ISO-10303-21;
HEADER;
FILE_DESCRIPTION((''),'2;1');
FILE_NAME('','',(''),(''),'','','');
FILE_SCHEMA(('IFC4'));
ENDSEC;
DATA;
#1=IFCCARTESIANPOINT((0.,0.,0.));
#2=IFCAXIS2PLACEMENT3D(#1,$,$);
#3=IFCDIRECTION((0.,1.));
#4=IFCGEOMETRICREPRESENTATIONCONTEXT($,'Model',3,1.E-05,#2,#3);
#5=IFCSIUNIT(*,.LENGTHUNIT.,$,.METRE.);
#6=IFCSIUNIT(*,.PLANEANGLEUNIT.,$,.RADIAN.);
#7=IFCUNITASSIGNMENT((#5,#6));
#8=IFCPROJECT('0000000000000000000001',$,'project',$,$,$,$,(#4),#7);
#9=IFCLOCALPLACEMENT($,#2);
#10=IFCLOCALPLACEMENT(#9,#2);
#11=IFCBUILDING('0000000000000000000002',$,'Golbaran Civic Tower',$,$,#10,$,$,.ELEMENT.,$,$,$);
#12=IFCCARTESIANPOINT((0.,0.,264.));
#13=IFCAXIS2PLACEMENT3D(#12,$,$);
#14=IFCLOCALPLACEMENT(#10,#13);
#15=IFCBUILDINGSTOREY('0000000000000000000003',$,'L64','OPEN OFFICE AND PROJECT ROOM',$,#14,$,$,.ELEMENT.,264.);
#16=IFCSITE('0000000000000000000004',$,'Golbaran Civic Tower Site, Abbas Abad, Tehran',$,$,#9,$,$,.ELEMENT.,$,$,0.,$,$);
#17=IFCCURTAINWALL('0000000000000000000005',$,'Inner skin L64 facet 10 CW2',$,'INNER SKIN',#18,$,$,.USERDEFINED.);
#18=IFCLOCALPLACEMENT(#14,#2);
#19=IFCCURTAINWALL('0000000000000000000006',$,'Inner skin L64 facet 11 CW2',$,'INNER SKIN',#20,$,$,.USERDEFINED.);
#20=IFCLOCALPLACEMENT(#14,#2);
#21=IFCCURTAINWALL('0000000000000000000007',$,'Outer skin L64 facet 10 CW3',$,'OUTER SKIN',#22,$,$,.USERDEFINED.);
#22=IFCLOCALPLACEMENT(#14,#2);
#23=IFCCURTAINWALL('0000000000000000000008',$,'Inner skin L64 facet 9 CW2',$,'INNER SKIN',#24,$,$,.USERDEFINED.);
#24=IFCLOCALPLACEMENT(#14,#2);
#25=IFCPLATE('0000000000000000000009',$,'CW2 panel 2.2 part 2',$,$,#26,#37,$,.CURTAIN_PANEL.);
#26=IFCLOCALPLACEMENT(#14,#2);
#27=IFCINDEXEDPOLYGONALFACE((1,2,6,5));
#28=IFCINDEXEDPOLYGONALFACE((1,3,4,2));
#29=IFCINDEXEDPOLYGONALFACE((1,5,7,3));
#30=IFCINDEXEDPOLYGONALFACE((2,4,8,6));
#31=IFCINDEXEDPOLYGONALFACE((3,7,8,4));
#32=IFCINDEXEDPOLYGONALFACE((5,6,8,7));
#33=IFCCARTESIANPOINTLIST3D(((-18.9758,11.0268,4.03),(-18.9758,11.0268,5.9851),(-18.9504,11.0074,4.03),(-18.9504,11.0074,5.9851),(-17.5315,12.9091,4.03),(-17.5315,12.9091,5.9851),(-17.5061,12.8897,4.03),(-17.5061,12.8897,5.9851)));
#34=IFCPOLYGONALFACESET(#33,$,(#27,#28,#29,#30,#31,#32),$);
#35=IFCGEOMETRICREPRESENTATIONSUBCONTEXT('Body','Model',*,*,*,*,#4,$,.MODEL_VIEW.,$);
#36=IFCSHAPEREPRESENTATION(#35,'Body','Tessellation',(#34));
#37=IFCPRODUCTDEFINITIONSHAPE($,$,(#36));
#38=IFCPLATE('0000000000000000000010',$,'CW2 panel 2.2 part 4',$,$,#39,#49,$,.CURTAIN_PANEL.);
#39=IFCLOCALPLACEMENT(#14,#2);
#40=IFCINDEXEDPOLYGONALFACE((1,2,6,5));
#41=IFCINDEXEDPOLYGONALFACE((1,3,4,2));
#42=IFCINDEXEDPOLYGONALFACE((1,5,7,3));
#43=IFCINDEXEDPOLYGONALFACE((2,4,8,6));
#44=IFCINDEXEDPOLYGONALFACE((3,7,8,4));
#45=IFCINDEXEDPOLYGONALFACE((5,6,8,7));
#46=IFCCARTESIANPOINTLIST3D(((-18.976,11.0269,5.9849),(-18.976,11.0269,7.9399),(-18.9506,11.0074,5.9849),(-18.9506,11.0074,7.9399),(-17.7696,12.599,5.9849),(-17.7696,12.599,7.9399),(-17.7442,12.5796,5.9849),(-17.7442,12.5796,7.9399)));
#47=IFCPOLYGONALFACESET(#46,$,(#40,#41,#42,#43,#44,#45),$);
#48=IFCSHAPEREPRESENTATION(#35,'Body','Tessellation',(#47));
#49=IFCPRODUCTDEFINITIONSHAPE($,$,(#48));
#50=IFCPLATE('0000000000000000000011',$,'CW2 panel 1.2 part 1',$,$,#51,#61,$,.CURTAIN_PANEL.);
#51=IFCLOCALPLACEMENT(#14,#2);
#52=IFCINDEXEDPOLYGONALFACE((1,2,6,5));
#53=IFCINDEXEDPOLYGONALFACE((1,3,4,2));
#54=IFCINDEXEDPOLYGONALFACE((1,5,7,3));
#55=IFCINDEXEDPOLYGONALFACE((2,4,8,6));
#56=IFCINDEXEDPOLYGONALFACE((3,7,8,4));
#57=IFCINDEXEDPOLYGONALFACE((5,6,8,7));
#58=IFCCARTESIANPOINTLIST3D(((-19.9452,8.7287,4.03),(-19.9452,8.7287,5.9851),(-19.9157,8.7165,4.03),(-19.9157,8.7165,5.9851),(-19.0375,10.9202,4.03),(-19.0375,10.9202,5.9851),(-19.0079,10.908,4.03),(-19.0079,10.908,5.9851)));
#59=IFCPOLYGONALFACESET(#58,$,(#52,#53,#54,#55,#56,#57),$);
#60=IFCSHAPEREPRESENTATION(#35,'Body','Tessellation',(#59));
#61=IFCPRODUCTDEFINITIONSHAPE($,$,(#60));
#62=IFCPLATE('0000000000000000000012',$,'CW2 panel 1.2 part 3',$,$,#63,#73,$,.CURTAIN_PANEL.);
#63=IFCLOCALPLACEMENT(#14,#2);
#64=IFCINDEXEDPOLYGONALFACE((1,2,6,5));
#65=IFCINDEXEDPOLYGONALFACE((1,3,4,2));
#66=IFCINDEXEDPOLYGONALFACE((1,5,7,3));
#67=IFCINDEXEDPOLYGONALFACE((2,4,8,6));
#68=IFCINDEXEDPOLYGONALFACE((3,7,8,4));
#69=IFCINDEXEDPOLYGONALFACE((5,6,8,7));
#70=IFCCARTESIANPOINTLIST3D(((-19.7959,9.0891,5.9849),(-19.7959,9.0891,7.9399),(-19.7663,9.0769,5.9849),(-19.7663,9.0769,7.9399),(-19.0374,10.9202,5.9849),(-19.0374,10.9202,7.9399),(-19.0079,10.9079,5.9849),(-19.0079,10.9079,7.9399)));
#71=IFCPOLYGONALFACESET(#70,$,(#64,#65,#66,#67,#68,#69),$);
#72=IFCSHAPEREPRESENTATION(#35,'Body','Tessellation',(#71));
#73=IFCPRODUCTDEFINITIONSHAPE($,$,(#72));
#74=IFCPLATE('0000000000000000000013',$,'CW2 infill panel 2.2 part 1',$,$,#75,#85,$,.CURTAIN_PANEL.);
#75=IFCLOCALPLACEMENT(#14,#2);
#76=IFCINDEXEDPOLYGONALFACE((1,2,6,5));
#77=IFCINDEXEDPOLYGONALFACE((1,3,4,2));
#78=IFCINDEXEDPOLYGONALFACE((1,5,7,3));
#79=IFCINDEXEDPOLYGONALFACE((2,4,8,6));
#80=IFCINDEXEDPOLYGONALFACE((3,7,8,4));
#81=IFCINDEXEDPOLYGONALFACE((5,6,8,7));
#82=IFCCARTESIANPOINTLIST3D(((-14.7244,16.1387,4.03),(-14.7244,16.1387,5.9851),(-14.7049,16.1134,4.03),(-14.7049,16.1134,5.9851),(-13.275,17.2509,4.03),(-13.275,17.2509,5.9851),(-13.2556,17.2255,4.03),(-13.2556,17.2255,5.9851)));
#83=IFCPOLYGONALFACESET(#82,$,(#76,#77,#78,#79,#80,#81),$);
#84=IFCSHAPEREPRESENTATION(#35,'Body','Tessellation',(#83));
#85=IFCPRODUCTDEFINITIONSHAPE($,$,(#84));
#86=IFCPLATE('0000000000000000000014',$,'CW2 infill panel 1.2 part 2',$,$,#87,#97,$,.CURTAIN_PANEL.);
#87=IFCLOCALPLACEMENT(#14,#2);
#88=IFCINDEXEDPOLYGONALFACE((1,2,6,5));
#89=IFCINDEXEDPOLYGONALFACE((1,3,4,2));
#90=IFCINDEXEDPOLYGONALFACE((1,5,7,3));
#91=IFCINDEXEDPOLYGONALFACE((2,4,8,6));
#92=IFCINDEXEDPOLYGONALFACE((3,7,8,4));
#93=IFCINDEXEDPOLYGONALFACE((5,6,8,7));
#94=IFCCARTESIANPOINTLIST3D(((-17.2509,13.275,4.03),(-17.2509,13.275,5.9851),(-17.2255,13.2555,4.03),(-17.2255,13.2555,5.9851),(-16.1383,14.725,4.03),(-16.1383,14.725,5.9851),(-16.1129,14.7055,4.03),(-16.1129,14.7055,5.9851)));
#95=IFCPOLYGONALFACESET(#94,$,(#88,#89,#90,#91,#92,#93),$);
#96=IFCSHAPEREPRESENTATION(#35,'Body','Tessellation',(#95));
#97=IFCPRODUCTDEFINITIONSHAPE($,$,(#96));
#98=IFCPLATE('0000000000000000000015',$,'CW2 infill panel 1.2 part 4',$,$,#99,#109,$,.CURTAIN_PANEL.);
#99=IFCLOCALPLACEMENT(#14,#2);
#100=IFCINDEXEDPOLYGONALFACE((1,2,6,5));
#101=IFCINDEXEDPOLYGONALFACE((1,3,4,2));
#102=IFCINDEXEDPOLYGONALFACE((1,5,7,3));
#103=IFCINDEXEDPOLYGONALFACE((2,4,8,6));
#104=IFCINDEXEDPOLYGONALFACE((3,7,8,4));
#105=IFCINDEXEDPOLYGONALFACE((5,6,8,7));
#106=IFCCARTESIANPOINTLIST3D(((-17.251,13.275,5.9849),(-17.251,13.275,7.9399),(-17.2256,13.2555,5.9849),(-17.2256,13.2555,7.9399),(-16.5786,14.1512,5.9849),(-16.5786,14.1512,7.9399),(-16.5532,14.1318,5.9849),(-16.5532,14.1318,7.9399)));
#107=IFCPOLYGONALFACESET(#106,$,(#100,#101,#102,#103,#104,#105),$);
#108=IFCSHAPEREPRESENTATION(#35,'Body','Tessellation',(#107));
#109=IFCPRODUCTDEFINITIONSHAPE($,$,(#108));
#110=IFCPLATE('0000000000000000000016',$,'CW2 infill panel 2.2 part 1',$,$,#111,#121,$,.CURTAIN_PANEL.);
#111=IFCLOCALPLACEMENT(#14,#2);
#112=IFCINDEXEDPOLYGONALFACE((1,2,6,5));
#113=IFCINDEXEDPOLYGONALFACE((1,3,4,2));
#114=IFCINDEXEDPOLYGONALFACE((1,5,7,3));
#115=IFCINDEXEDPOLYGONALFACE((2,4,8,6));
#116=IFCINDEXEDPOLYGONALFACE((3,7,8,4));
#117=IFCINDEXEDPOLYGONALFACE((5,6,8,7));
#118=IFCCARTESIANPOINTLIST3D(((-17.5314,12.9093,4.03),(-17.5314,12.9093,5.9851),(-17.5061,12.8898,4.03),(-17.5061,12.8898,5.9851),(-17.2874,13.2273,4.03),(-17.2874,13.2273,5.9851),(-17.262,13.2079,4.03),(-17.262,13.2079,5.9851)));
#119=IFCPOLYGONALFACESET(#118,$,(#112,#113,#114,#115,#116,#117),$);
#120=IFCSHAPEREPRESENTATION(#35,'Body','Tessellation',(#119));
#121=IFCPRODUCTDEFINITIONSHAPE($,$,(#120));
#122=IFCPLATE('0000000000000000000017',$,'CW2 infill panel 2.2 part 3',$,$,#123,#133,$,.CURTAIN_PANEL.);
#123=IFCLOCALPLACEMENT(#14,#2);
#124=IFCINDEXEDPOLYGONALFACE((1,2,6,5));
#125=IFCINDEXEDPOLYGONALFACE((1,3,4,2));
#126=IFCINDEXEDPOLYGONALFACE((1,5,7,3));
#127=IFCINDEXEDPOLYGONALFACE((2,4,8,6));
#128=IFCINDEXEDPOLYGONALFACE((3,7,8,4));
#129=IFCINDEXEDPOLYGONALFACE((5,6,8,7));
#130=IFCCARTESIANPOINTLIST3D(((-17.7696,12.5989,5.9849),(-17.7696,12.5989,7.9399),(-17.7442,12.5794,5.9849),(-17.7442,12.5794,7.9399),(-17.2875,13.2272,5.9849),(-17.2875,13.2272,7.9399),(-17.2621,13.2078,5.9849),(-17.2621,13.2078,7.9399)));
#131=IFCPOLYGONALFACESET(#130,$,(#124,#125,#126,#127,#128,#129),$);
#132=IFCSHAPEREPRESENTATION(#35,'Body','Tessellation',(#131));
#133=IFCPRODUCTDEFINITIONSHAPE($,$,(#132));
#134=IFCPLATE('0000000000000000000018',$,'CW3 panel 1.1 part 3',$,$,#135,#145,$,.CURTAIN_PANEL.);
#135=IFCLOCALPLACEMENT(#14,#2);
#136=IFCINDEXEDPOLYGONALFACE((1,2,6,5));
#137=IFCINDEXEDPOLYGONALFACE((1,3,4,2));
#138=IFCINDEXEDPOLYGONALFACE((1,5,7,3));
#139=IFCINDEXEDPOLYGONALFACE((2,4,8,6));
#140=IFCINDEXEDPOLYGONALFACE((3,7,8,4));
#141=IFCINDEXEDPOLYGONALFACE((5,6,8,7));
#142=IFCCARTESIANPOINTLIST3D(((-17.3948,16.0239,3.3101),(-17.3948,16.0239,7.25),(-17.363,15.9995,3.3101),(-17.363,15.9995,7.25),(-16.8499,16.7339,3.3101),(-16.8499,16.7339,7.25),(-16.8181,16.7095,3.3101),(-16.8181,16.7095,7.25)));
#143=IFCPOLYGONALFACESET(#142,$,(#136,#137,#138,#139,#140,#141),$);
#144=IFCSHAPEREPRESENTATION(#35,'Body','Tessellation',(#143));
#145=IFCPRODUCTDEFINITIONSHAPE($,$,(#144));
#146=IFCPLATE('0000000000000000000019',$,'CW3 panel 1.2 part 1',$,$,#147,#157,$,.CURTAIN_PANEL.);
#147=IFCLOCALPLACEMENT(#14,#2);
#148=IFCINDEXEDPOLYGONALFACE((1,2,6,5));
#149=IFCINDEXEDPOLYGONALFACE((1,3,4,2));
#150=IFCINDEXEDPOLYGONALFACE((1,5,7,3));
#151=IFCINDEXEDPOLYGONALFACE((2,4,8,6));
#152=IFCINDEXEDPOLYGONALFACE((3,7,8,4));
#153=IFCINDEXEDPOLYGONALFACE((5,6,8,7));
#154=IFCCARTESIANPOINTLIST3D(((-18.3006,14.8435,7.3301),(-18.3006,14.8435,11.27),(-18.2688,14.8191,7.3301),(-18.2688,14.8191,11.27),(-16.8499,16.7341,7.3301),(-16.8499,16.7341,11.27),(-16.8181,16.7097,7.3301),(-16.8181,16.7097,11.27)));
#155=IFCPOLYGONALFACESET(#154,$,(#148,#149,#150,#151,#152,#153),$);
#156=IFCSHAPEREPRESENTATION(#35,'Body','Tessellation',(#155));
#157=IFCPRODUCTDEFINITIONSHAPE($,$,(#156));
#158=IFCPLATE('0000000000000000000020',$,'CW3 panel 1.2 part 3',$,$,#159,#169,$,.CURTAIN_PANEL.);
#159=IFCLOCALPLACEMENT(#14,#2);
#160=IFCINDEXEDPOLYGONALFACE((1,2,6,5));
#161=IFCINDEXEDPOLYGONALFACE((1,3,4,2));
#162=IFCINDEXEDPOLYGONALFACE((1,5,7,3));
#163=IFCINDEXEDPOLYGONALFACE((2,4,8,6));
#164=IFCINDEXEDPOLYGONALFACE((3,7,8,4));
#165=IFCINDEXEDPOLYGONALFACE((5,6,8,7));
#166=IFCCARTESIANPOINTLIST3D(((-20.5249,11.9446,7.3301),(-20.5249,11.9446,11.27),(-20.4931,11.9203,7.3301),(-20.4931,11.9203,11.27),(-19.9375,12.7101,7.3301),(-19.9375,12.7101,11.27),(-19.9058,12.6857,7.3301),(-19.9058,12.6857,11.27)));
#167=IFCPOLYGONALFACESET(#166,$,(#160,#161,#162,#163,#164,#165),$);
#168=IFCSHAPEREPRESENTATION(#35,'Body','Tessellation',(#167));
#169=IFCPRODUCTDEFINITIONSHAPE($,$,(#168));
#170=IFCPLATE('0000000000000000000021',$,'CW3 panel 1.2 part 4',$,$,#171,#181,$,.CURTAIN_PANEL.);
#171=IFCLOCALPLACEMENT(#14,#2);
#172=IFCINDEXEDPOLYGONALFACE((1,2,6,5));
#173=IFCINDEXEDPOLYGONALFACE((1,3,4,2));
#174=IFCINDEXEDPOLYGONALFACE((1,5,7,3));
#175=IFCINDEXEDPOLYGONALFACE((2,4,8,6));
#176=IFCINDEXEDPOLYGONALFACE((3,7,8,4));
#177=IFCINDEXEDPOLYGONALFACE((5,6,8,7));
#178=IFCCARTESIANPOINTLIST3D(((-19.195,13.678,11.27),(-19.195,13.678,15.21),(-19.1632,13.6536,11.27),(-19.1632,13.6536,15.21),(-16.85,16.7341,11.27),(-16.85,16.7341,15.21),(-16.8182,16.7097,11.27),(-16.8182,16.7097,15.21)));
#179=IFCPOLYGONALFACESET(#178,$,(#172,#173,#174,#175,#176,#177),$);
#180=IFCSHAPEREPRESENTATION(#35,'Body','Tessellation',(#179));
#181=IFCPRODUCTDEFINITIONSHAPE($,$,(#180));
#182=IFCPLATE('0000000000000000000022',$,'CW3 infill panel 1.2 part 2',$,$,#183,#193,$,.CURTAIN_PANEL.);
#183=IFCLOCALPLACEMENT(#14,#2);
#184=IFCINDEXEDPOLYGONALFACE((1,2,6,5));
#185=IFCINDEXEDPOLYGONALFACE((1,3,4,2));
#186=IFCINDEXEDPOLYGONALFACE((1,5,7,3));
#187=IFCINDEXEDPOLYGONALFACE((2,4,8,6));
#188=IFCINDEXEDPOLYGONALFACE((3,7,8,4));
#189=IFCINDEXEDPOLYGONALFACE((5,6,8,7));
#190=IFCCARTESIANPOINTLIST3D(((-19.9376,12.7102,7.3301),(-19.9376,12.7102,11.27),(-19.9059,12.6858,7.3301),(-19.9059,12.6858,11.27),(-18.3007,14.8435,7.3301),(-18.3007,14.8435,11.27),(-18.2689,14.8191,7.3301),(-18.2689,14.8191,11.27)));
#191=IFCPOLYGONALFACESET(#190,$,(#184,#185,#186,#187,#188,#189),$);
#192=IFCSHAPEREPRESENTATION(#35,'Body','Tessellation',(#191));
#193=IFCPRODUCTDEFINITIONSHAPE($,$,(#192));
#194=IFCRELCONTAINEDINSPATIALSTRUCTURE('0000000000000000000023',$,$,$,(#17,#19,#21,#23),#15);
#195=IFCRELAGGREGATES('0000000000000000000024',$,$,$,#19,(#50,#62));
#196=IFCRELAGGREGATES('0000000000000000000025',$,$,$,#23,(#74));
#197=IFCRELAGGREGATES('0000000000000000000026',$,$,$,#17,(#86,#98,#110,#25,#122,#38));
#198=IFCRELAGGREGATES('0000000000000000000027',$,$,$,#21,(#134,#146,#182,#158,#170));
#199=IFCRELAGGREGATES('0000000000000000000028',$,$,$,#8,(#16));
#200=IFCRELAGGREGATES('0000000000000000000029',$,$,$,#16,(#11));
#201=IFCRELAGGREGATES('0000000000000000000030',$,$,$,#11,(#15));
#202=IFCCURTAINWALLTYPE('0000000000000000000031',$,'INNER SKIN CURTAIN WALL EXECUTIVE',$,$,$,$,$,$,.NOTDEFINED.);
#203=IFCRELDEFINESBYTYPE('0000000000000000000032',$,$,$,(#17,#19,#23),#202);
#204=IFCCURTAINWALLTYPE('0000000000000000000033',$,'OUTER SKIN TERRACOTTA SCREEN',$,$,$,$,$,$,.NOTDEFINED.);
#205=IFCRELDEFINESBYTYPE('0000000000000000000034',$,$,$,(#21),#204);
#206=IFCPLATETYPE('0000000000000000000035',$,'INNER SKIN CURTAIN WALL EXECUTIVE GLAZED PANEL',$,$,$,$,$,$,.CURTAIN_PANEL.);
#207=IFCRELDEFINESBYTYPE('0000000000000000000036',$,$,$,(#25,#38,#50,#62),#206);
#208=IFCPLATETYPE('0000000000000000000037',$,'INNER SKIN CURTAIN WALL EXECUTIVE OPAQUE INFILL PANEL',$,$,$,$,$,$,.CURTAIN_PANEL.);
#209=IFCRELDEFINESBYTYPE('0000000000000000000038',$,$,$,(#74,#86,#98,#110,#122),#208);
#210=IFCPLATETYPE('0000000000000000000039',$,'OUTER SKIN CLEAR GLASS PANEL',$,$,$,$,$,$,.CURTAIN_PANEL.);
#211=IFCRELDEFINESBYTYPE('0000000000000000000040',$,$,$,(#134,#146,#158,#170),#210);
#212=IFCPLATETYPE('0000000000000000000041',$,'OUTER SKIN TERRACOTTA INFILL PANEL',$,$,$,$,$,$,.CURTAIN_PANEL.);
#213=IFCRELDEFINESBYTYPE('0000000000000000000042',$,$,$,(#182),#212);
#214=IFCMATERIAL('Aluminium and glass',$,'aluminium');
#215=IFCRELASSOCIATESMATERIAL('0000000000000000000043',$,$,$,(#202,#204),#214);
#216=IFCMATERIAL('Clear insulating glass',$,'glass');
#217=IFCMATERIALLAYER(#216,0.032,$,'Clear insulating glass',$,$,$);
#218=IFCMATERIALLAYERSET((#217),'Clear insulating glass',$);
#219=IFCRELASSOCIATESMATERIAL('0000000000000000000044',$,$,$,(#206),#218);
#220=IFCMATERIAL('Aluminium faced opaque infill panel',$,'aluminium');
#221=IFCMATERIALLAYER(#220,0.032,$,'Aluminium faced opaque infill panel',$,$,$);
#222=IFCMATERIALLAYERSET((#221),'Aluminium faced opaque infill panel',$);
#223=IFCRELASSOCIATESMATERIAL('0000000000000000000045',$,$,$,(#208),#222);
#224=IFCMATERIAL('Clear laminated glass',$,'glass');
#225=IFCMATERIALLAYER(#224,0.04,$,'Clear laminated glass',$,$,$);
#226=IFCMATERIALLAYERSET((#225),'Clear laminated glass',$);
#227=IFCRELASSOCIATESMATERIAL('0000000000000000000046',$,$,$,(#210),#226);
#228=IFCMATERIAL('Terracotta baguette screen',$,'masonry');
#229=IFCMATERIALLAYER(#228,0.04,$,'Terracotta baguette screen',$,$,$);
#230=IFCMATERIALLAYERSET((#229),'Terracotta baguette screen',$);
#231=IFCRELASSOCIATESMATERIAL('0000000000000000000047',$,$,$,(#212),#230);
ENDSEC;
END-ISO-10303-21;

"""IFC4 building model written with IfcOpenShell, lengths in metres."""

from ifc_helpers import new_model, si_unit, direction, frame, origin, origin_2d, place, context, subcontext, project, spatial, rectangle, extrude, material, layer, layer_set, type_object, element, aggregate, save


model = new_model("IFC4")

# Units and contexts
model_context = context("Model", 3, precision=1e-05, world=origin(), true_north=direction((0.0, 1.0)))
body_context = subcontext(model_context, "Body", "Model", "MODEL_VIEW")
ifc_project = project(units=[si_unit("LENGTHUNIT", "METRE"), si_unit("PLANEANGLEUNIT", "RADIAN")], contexts=[model_context])

# Site, building, storey
site_placement = place(None, origin())
site = spatial("IfcSite", under=ifc_project, at=site_placement, Name="Golbaran Civic Tower Site, Abbas Abad, Tehran", CompositionType="ELEMENT", RefElevation=0.0)
building_placement = place(site_placement, origin())
building = spatial("IfcBuilding", under=site, at=building_placement, Name="Golbaran Civic Tower", CompositionType="ELEMENT")
storey_placement = place(building_placement, frame((0.0, 0.0, 264.0)))
storey = spatial("IfcBuildingStorey", under=building, at=storey_placement, Name="L64", Description="OPEN OFFICE AND PROJECT ROOM", CompositionType="ELEMENT", Elevation=264.0)

# Curtain walls
ifc_material_1 = material(Name="Aluminium and glass", Category="aluminium")
curtain_wall_type_1 = type_object("IfcCurtainWallType", Name="INNER SKIN CURTAIN WALL EXECUTIVE", PredefinedType="NOTDEFINED", material=ifc_material_1)
curtain_wall_1_placement = place(storey_placement, origin())
curtain_wall_1 = element("IfcCurtainWall", 1, at=curtain_wall_1_placement, inside=storey, type_object=curtain_wall_type_1, Name="Inner skin L64 facet 10 CW2", ObjectType="INNER SKIN", PredefinedType="USERDEFINED")
curtain_wall_2_placement = place(storey_placement, origin())
curtain_wall_2 = element("IfcCurtainWall", 2, at=curtain_wall_2_placement, inside=storey, type_object=curtain_wall_type_1, Name="Inner skin L64 facet 11 CW2", ObjectType="INNER SKIN", PredefinedType="USERDEFINED")
curtain_wall_type_2 = type_object("IfcCurtainWallType", Name="OUTER SKIN TERRACOTTA SCREEN", PredefinedType="NOTDEFINED", material=ifc_material_1)
curtain_wall_3_placement = place(storey_placement, origin())
curtain_wall_3 = element("IfcCurtainWall", 3, at=curtain_wall_3_placement, inside=storey, type_object=curtain_wall_type_2, Name="Outer skin L64 facet 10 CW3", ObjectType="OUTER SKIN", PredefinedType="USERDEFINED")

# Curtain wall
curtain_wall_4_placement = place(storey_placement, origin())
curtain_wall_4 = element("IfcCurtainWall", 4, at=curtain_wall_4_placement, inside=storey, type_object=curtain_wall_type_1, Name="Inner skin L64 facet 9 CW2", ObjectType="INNER SKIN", PredefinedType="USERDEFINED")
ifc_material_2 = material(Name="Clear insulating glass", Category="glass")
ifc_layer_1 = layer(ifc_material_2, 0.032, Name="Clear insulating glass")
ifc_layer_set_1 = layer_set([ifc_layer_1], Name="Clear insulating glass")
plate_type_1 = type_object("IfcPlateType", Name="INNER SKIN CURTAIN WALL EXECUTIVE GLAZED PANEL", PredefinedType="CURTAIN_PANEL", material=ifc_layer_set_1)

# Plates
plate_1_placement = place(storey_placement, frame((-18.241, 11.9583, 4.03), z_axis=(0.0, 0.0, 1.0), x_axis=(-0.608761, -0.793353, 0.0)))
plate_1 = element("IfcPlate", 5, at=plate_1_placement, type_object=plate_type_1, Name="CW2 panel 2.2 part 2", PredefinedType="CURTAIN_PANEL", context=body_context, shape_type="SweptSolid", body=[
    extrude(rectangle(XDim=2.3726, YDim=0.032, at=origin_2d()), origin(), (0.0, 0.0, 1.0), 1.9551),
])
plate_2_placement = place(storey_placement, frame((-18.3601, 11.8032, 5.9849), z_axis=(0.0, 0.0, 1.0), x_axis=(-0.608761, -0.793353, 0.0)))
plate_2 = element("IfcPlate", 6, at=plate_2_placement, type_object=plate_type_1, Name="CW2 panel 2.2 part 4", PredefinedType="CURTAIN_PANEL", context=body_context, shape_type="SweptSolid", body=[
    extrude(rectangle(XDim=1.9817, YDim=0.032, at=origin_2d()), origin(), (0.0, 0.0, 1.0), 1.9551),
])
plate_3_placement = place(storey_placement, frame((-19.4766, 9.8184, 4.03), z_axis=(0.0, 0.0, 1.0), x_axis=(-0.382683, -0.92388, 0.0)))
plate_3 = element("IfcPlate", 7, at=plate_3_placement, type_object=plate_type_1, Name="CW2 panel 1.2 part 1", PredefinedType="CURTAIN_PANEL", context=body_context, shape_type="SweptSolid", body=[
    extrude(rectangle(XDim=2.3721, YDim=0.032, at=origin_2d()), origin(), (0.0, 0.0, 1.0), 1.9551),
])
plate_4_placement = place(storey_placement, frame((-19.4019, 9.9985, 5.9849), z_axis=(0.0, 0.0, 1.0), x_axis=(-0.382683, -0.92388, 0.0)))
plate_4 = element("IfcPlate", 8, at=plate_4_placement, type_object=plate_type_1, Name="CW2 panel 1.2 part 3", PredefinedType="CURTAIN_PANEL", context=body_context, shape_type="SweptSolid", body=[
    extrude(rectangle(XDim=1.9819, YDim=0.032, at=origin_2d()), origin(), (0.0, 0.0, 1.0), 1.9551),
])
aggregate(curtain_wall_2, [plate_3, plate_4])
ifc_material_3 = material(Name="Aluminium faced opaque infill panel", Category="aluminium")
ifc_layer_2 = layer(ifc_material_3, 0.032, Name="Aluminium faced opaque infill panel")
ifc_layer_set_2 = layer_set([ifc_layer_2], Name="Aluminium faced opaque infill panel")
plate_type_2 = type_object("IfcPlateType", Name="INNER SKIN CURTAIN WALL EXECUTIVE OPAQUE INFILL PANEL", PredefinedType="CURTAIN_PANEL", material=ifc_layer_set_2)
plate_5_placement = place(storey_placement, frame((-13.99, 16.6821, 4.03), z_axis=(0.0, 0.0, 1.0), x_axis=(-0.793353, -0.608761, 0.0)))
plate_5 = element("IfcPlate", 9, at=plate_5_placement, type_object=plate_type_2, Name="CW2 infill panel 2.2 part 1", PredefinedType="CURTAIN_PANEL", context=body_context, shape_type="SweptSolid", body=[
    extrude(rectangle(XDim=1.8269, YDim=0.032, at=origin_2d()), origin(), (0.0, 0.0, 1.0), 1.9551),
])
aggregate(curtain_wall_4, [plate_5])
plate_6_placement = place(storey_placement, frame((-16.6819, 13.9902, 4.03), z_axis=(0.0, 0.0, 1.0), x_axis=(-0.608761, -0.793353, 0.0)))
plate_6 = element("IfcPlate", 10, at=plate_6_placement, type_object=plate_type_2, Name="CW2 infill panel 1.2 part 2", PredefinedType="CURTAIN_PANEL", context=body_context, shape_type="SweptSolid", body=[
    extrude(rectangle(XDim=1.8276, YDim=0.032, at=origin_2d()), origin(), (0.0, 0.0, 1.0), 1.9551),
])
plate_7_placement = place(storey_placement, frame((-16.9021, 13.7034, 5.9849), z_axis=(0.0, 0.0, 1.0), x_axis=(-0.608761, -0.793353, 0.0)))
plate_7 = element("IfcPlate", 11, at=plate_7_placement, type_object=plate_type_2, Name="CW2 infill panel 1.2 part 4", PredefinedType="CURTAIN_PANEL", context=body_context, shape_type="SweptSolid", body=[
    extrude(rectangle(XDim=1.1045, YDim=0.032, at=origin_2d()), origin(), (0.0, 0.0, 1.0), 1.9551),
])
plate_8_placement = place(storey_placement, frame((-17.3967, 13.0586, 4.03), z_axis=(0.0, 0.0, 1.0), x_axis=(-0.608761, -0.793353, 0.0)))
plate_8 = element("IfcPlate", 12, at=plate_8_placement, type_object=plate_type_2, Name="CW2 infill panel 2.2 part 1", PredefinedType="CURTAIN_PANEL", context=body_context, shape_type="SweptSolid", body=[
    extrude(rectangle(XDim=0.4009, YDim=0.032, at=origin_2d()), origin(), (0.0, 0.0, 1.0), 1.9551),
])
plate_9_placement = place(storey_placement, frame((-17.5159, 12.9033, 5.9849), z_axis=(0.0, 0.0, 1.0), x_axis=(-0.608761, -0.793353, 0.0)))
plate_9 = element("IfcPlate", 13, at=plate_9_placement, type_object=plate_type_2, Name="CW2 infill panel 2.2 part 3", PredefinedType="CURTAIN_PANEL", context=body_context, shape_type="SweptSolid", body=[
    extrude(rectangle(XDim=0.792, YDim=0.032, at=origin_2d()), origin(), (0.0, 0.0, 1.0), 1.9551),
])
aggregate(curtain_wall_1, [plate_6, plate_7, plate_8, plate_1, plate_9, plate_2])
ifc_material_4 = material(Name="Clear laminated glass", Category="glass")
ifc_layer_3 = layer(ifc_material_4, 0.04, Name="Clear laminated glass")
ifc_layer_set_3 = layer_set([ifc_layer_3], Name="Clear laminated glass")
plate_type_3 = type_object("IfcPlateType", Name="OUTER SKIN CLEAR GLASS PANEL", PredefinedType="CURTAIN_PANEL", material=ifc_layer_set_3)
plate_10_placement = place(storey_placement, frame((-17.1064, 16.3667, 3.3101), z_axis=(0.0, 0.0, 1.0), x_axis=(-0.608761, -0.793353, 0.0)))
plate_10 = element("IfcPlate", 14, at=plate_10_placement, type_object=plate_type_3, Name="CW3 panel 1.1 part 3", PredefinedType="CURTAIN_PANEL", context=body_context, shape_type="SweptSolid", body=[
    extrude(rectangle(XDim=0.895, YDim=0.04, at=origin_2d()), origin(), (0.0, 0.0, 1.0), 3.9399),
])
plate_11_placement = place(storey_placement, frame((-17.5593, 15.7766, 7.3301), z_axis=(0.0, 0.0, 1.0), x_axis=(-0.608761, -0.793353, 0.0)))
plate_11 = element("IfcPlate", 15, at=plate_11_placement, type_object=plate_type_3, Name="CW3 panel 1.2 part 1", PredefinedType="CURTAIN_PANEL", context=body_context, shape_type="SweptSolid", body=[
    extrude(rectangle(XDim=2.3831, YDim=0.04, at=origin_2d()), origin(), (0.0, 0.0, 1.0), 3.9399),
])
plate_12_placement = place(storey_placement, frame((-20.2153, 12.3152, 7.3301), z_axis=(0.0, 0.0, 1.0), x_axis=(-0.608761, -0.793353, 0.0)))
plate_12 = element("IfcPlate", 16, at=plate_12_placement, type_object=plate_type_3, Name="CW3 panel 1.2 part 3", PredefinedType="CURTAIN_PANEL", context=body_context, shape_type="SweptSolid", body=[
    extrude(rectangle(XDim=0.9648, YDim=0.04, at=origin_2d()), origin(), (0.0, 0.0, 1.0), 3.9399),
])
plate_13_placement = place(storey_placement, frame((-18.0066, 15.1938, 11.27), z_axis=(0.0, 0.0, 1.0), x_axis=(-0.608761, -0.793353, 0.0)))
plate_13 = element("IfcPlate", 17, at=plate_13_placement, type_object=plate_type_3, Name="CW3 panel 1.2 part 4", PredefinedType="CURTAIN_PANEL", context=body_context, shape_type="SweptSolid", body=[
    extrude(rectangle(XDim=3.8521, YDim=0.04, at=origin_2d()), origin(), (0.0, 0.0, 1.0), 3.9399),
])
ifc_material_5 = material(Name="Terracotta baguette screen", Category="masonry")
ifc_layer_4 = layer(ifc_material_5, 0.04, Name="Terracotta baguette screen")
ifc_layer_set_4 = layer_set([ifc_layer_4], Name="Terracotta baguette screen")
plate_type_4 = type_object("IfcPlateType", Name="OUTER SKIN TERRACOTTA INFILL PANEL", PredefinedType="CURTAIN_PANEL", material=ifc_layer_set_4)
plate_14_placement = place(storey_placement, frame((-19.1033, 13.7646, 7.3301), z_axis=(0.0, 0.0, 1.0), x_axis=(-0.608761, -0.793353, 0.0)))
plate_14 = element("IfcPlate", 18, at=plate_14_placement, type_object=plate_type_4, Name="CW3 infill panel 1.2 part 2", PredefinedType="CURTAIN_PANEL", context=body_context, shape_type="SweptSolid", body=[
    extrude(rectangle(XDim=2.689, YDim=0.04, at=origin_2d()), origin(), (0.0, 0.0, 1.0), 3.9399),
])
aggregate(curtain_wall_3, [plate_10, plate_11, plate_14, plate_12, plate_13])

save(model, "model.ifc")
